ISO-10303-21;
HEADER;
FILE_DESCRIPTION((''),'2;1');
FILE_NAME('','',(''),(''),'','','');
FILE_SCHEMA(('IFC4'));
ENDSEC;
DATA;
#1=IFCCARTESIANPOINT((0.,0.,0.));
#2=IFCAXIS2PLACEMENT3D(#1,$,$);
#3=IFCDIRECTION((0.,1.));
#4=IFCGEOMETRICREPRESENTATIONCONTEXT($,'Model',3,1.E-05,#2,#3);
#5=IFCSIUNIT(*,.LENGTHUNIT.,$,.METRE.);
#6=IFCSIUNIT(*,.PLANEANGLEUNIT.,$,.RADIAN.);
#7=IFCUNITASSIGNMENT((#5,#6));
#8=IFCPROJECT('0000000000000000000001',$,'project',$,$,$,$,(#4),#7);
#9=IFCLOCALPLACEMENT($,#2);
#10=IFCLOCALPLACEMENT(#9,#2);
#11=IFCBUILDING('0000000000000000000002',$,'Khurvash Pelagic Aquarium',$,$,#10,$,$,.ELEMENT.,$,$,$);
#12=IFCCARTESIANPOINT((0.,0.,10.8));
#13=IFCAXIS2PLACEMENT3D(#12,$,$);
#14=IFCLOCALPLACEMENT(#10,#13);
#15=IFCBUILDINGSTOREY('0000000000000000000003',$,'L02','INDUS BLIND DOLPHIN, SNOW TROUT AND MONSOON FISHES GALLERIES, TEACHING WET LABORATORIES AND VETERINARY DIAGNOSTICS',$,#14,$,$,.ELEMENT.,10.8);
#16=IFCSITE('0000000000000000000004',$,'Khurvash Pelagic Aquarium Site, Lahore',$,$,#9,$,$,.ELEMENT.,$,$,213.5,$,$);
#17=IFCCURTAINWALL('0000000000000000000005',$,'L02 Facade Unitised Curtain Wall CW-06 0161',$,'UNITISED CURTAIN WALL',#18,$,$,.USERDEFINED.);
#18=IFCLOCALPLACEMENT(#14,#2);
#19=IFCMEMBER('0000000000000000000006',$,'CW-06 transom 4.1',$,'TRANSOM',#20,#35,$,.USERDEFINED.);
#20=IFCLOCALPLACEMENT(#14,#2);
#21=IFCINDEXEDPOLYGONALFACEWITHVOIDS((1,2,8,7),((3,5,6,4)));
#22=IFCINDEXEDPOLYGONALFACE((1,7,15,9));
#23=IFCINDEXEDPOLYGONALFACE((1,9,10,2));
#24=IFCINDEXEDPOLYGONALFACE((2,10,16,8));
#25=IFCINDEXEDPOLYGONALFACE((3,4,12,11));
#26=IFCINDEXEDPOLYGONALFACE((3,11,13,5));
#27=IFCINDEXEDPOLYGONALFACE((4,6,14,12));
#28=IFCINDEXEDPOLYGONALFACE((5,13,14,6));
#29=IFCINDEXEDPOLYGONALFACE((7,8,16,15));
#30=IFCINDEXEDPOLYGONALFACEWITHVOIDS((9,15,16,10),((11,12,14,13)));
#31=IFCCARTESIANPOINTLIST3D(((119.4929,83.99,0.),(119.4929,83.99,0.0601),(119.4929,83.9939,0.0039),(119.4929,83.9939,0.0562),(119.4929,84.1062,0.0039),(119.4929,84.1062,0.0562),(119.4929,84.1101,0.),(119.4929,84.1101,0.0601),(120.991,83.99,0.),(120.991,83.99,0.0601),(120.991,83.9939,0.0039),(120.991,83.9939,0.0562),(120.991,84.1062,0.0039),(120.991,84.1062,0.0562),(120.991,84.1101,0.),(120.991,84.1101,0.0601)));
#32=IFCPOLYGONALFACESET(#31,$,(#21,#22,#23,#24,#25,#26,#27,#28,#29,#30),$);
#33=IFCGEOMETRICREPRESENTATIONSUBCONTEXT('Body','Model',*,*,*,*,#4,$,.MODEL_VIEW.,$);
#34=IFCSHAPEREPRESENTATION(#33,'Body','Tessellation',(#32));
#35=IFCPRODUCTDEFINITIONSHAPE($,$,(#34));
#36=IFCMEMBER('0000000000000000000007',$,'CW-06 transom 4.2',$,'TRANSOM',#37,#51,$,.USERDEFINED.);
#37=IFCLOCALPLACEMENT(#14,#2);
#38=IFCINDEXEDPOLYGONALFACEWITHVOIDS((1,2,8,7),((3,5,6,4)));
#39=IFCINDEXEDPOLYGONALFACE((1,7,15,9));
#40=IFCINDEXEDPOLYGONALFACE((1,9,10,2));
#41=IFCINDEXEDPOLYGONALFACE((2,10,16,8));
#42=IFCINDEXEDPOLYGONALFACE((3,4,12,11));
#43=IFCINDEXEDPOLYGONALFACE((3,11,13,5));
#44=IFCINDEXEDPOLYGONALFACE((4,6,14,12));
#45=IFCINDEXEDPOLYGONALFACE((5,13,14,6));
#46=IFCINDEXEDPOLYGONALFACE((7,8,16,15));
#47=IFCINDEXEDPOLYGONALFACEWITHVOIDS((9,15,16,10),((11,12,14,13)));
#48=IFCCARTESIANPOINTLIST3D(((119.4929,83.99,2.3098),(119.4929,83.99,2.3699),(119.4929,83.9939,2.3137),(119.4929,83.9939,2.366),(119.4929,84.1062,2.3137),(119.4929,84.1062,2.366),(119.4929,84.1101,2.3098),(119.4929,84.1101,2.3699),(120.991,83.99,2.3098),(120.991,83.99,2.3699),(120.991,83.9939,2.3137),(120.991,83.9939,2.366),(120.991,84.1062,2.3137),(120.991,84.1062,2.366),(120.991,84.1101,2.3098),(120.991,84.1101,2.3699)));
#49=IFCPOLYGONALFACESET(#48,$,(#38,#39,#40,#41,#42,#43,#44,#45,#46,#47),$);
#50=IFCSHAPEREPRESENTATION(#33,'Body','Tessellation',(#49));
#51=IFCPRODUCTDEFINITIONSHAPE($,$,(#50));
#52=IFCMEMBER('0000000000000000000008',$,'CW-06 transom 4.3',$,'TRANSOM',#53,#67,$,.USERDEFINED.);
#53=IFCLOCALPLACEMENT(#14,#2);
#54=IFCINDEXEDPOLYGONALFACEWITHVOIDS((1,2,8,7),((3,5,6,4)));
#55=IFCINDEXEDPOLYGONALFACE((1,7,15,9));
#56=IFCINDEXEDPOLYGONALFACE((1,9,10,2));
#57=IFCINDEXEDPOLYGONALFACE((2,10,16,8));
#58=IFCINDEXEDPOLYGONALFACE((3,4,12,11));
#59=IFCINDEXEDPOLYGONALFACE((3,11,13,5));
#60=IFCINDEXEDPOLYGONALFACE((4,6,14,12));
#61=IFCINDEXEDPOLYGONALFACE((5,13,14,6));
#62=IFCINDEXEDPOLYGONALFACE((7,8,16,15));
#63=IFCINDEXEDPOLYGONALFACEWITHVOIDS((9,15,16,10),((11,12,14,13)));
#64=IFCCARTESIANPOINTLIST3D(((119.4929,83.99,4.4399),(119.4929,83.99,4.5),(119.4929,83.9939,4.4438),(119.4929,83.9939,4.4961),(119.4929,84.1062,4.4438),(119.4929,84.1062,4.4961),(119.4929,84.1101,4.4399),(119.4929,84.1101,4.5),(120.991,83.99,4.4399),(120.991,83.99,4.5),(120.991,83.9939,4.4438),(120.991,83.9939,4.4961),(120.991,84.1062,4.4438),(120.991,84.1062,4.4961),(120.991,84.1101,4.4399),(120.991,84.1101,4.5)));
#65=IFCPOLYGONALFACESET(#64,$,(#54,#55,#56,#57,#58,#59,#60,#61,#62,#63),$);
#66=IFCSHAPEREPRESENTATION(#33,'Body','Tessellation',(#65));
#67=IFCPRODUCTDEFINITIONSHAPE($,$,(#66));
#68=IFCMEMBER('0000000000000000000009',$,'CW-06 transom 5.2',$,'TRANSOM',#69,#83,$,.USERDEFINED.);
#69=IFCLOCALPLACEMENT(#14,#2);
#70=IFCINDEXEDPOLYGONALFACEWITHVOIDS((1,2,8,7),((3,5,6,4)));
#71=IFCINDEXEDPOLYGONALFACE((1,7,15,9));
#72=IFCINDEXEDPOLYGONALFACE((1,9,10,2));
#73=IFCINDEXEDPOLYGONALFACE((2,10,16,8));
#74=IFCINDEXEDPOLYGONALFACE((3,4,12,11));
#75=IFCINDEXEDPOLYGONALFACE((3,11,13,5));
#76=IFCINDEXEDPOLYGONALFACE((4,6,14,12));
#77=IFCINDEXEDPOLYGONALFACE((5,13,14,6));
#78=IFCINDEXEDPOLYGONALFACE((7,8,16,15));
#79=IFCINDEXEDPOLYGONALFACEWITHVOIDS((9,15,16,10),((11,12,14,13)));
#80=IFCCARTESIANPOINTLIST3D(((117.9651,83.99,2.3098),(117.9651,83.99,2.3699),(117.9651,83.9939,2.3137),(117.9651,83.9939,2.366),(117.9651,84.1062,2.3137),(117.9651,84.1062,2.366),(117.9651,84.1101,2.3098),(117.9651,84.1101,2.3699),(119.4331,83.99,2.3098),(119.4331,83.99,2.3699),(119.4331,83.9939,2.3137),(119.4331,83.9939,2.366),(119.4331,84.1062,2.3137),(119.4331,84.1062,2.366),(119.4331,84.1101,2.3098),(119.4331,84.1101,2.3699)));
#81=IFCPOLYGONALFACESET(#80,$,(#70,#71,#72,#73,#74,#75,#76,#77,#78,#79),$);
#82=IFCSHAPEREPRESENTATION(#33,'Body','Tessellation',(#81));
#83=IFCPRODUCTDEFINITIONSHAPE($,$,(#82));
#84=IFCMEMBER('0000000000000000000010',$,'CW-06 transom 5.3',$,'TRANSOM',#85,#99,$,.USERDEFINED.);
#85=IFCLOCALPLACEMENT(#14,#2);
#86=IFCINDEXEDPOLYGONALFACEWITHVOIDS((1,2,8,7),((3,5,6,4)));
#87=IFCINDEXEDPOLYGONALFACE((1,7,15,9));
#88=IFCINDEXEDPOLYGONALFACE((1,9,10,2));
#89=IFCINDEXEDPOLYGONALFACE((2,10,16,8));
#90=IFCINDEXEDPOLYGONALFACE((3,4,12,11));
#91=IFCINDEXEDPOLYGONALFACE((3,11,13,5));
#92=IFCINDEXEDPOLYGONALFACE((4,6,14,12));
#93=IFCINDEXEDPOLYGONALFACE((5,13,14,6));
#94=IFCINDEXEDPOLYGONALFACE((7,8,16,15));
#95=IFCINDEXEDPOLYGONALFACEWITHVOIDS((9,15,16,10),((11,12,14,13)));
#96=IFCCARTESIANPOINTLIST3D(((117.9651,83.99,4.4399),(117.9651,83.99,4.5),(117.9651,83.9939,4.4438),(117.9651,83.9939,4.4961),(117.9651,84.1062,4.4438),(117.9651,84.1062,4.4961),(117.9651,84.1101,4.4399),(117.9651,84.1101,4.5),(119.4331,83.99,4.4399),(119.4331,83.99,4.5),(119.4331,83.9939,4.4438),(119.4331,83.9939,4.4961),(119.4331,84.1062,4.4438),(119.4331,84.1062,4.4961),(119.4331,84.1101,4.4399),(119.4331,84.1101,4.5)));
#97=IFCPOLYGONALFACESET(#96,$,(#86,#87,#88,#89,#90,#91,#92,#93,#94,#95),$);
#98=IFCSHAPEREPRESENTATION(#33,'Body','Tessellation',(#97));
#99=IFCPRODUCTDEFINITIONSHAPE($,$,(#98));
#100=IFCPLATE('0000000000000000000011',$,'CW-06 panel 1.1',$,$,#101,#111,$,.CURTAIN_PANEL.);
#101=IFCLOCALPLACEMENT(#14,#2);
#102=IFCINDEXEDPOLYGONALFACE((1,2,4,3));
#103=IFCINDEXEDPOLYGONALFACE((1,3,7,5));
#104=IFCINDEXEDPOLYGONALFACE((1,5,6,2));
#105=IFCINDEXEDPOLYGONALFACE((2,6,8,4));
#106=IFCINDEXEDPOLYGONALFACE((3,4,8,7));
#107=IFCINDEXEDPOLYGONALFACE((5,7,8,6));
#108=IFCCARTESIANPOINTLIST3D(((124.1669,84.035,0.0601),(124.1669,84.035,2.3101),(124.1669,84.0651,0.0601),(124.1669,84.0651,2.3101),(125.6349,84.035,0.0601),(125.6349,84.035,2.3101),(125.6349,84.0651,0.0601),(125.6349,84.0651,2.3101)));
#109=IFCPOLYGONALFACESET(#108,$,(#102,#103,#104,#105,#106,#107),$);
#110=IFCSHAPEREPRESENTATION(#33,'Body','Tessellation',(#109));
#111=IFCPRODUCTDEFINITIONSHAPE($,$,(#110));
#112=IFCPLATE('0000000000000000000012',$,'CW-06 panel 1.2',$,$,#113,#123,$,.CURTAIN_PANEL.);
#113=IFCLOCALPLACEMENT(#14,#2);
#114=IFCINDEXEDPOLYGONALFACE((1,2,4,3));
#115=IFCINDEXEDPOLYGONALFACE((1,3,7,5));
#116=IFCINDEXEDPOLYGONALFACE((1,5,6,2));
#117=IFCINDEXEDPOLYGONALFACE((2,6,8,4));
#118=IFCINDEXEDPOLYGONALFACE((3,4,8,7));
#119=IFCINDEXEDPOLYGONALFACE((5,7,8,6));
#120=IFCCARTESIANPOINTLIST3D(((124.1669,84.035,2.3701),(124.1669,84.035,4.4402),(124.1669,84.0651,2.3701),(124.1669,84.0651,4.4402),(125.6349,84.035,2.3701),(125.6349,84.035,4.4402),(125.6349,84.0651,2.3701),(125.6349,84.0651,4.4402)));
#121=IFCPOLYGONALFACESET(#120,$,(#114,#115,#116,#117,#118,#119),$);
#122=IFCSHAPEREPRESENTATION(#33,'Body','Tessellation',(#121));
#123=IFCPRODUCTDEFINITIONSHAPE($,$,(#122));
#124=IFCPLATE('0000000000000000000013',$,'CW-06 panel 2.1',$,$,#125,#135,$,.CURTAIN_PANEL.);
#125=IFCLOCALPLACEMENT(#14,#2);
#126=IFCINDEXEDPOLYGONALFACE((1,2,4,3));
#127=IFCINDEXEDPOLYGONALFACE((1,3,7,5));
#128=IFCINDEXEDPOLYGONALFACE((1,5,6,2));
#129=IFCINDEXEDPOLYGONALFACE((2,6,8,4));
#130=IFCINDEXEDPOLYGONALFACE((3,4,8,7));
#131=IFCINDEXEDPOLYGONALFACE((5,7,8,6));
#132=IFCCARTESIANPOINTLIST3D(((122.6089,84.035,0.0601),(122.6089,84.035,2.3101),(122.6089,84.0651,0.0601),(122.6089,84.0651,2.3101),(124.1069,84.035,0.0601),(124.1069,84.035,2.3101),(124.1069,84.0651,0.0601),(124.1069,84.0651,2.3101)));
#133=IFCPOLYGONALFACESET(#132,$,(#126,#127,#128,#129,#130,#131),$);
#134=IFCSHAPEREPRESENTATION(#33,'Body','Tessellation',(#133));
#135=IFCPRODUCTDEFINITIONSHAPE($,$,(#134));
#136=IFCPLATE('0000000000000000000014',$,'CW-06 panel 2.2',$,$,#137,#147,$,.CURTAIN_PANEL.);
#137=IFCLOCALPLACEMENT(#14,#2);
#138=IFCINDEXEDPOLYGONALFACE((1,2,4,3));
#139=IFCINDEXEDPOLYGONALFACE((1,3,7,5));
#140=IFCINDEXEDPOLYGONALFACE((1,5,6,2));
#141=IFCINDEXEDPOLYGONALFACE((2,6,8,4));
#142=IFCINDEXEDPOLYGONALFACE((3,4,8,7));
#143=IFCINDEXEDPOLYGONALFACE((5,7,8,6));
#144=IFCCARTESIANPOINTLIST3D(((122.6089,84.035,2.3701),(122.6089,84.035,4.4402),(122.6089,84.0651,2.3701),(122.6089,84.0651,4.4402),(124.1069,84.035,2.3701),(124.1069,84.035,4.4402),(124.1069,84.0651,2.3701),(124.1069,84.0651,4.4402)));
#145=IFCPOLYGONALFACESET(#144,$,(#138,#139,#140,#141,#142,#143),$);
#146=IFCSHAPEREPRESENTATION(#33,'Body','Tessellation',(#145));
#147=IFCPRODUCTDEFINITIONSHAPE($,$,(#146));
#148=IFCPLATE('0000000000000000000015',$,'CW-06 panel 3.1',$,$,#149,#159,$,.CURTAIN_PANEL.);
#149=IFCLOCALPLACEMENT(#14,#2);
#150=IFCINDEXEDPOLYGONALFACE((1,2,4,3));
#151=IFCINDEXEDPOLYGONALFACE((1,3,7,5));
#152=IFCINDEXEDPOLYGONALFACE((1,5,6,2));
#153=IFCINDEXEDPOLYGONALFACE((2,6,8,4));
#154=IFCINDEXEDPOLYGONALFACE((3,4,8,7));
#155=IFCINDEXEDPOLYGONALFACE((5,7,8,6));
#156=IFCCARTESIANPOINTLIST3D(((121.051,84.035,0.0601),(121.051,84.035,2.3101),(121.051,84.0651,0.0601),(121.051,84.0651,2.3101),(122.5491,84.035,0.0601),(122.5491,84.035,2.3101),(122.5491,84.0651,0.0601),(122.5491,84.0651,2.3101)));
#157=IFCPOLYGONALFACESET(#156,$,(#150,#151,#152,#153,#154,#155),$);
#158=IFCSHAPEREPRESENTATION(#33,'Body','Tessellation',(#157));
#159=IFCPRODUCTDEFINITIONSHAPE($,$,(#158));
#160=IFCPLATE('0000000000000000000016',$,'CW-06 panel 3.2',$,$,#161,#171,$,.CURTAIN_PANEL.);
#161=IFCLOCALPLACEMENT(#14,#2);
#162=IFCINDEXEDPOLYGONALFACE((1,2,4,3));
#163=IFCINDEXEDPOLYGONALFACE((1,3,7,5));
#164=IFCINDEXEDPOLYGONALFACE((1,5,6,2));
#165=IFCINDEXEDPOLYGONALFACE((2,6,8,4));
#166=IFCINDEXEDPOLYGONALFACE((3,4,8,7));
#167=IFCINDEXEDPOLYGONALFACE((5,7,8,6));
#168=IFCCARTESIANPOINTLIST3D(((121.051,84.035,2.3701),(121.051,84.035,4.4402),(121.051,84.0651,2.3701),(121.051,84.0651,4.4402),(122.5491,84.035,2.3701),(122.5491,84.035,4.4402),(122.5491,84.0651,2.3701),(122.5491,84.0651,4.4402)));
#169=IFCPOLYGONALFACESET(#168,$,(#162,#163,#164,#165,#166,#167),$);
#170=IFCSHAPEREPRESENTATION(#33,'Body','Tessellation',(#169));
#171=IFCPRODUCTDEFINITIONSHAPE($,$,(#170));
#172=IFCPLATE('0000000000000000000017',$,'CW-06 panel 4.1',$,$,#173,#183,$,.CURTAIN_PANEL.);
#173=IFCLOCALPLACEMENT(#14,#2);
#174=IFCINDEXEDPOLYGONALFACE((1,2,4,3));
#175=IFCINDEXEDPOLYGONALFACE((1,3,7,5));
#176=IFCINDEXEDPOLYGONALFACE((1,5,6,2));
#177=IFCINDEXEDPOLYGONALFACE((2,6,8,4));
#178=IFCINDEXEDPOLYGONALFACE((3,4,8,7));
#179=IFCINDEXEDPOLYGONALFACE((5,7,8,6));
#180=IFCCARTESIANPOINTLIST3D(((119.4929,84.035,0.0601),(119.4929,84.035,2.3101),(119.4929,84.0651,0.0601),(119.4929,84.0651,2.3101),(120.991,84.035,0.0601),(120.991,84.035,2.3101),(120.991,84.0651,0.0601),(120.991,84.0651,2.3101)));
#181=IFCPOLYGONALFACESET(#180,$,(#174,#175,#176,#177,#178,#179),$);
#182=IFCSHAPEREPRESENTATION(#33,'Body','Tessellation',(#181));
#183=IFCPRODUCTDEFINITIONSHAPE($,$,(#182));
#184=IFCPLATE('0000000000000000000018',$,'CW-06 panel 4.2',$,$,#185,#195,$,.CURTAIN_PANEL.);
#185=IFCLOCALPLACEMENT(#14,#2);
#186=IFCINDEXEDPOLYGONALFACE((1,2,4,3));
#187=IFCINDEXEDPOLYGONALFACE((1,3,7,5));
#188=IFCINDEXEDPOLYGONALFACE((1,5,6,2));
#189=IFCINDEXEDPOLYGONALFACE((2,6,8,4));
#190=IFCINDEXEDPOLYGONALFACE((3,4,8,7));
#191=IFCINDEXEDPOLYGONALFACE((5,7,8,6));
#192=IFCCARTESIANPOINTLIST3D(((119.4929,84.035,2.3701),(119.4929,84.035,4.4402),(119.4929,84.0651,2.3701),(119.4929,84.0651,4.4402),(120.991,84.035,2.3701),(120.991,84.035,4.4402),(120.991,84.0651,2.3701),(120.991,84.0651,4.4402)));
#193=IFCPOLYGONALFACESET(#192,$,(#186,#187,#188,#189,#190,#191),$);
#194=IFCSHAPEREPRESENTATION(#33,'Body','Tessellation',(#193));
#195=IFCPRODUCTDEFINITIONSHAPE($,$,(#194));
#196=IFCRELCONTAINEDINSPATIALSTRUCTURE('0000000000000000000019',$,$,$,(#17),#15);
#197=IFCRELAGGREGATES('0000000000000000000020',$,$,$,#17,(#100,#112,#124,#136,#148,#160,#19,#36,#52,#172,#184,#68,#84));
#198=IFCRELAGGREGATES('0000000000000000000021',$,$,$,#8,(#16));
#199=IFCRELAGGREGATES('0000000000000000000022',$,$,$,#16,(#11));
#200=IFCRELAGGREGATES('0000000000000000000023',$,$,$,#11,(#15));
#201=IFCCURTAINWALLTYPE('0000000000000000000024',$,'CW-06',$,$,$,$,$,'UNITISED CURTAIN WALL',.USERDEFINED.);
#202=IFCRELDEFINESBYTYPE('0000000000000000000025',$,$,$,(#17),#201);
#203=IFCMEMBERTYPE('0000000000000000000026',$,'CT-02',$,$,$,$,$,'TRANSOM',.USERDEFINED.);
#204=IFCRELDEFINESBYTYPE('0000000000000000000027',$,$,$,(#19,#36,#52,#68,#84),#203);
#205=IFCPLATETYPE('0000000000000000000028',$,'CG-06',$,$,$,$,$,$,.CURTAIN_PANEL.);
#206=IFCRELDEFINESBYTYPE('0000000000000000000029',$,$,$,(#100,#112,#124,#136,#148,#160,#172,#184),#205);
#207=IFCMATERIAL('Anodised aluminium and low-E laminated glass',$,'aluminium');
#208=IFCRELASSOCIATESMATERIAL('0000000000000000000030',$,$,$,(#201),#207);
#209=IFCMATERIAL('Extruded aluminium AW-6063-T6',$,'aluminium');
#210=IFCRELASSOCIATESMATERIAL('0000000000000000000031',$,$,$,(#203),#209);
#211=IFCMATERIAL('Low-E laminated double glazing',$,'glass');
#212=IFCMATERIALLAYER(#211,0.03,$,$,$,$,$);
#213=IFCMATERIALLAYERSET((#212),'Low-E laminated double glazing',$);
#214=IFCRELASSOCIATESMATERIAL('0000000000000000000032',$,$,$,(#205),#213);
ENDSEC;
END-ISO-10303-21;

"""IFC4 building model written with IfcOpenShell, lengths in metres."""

from ifc_helpers import new_model, si_unit, direction, frame, origin, origin_2d, place, context, subcontext, project, spatial, rectangle, hollow_rectangle, extrude, material, layer, layer_set, material_profile, profile_set, type_object, element, aggregate, save


model = new_model("IFC4")

# Units and contexts
model_context = context("Model", 3, precision=1e-05, world=origin(), true_north=direction((0.0, 1.0)))
body_context = subcontext(model_context, "Body", "Model", "MODEL_VIEW")
ifc_project = project(units=[si_unit("LENGTHUNIT", "METRE"), si_unit("PLANEANGLEUNIT", "RADIAN")], contexts=[model_context])

# Site, building, storey
site_placement = place(None, origin())
site = spatial("IfcSite", under=ifc_project, at=site_placement, Name="Khurvash Pelagic Aquarium Site, Lahore", CompositionType="ELEMENT", RefElevation=213.5)
building_placement = place(site_placement, origin())
building = spatial("IfcBuilding", under=site, at=building_placement, Name="Khurvash Pelagic Aquarium", CompositionType="ELEMENT")
storey_placement = place(building_placement, frame((0.0, 0.0, 10.8)))
storey = spatial("IfcBuildingStorey", under=building, at=storey_placement, Name="L02", Description="INDUS BLIND DOLPHIN, SNOW TROUT AND MONSOON FISHES GALLERIES, TEACHING WET LABORATORIES AND VETERINARY DIAGNOSTICS", CompositionType="ELEMENT", Elevation=10.8)

# Curtain wall, members, plates
ifc_material_1 = material(Name="Anodised aluminium and low-E laminated glass", Category="aluminium")
curtain_wall_type = type_object("IfcCurtainWallType", Name="CW-06", ElementType="UNITISED CURTAIN WALL", PredefinedType="USERDEFINED", material=ifc_material_1)
curtain_wall_placement = place(storey_placement, origin())
curtain_wall = element("IfcCurtainWall", 1, at=curtain_wall_placement, inside=storey, type_object=curtain_wall_type, Name="L02 Facade Unitised Curtain Wall CW-06 0161", ObjectType="UNITISED CURTAIN WALL", PredefinedType="USERDEFINED")
ifc_material_2 = material(Name="Extruded aluminium AW-6063-T6", Category="aluminium")
ifc_material_profile_1 = material_profile(ifc_material_2, hollow_rectangle(XDim=0.1201, YDim=0.0601, WallThickness=0.0039, at=origin_2d()), Name="CWT120X60X4")
ifc_profile_set_1 = profile_set([ifc_material_profile_1], Name="Extruded aluminium AW-6063-T6")
member_type_1 = type_object("IfcMemberType", Name="CT-02", ElementType="TRANSOM", PredefinedType="USERDEFINED", material=ifc_profile_set_1)
member_1_placement = place(storey_placement, frame((120.991, 84.05, 0.03), z_axis=(-1.0, 0.0, 0.0), x_axis=(0.0, -1.0, 0.0)))
member_1 = element("IfcMember", 2, at=member_1_placement, type_object=member_type_1, Name="CW-06 transom 4.1", ObjectType="TRANSOM", PredefinedType="USERDEFINED", context=body_context, shape_type="SweptSolid", body=[
    extrude(hollow_rectangle(XDim=0.1201, YDim=0.0601, WallThickness=0.0039, at=origin_2d()), origin(), (0.0, 0.0, 1.0), 1.498),
])
member_2_placement = place(storey_placement, frame((120.991, 84.05, 2.3398), z_axis=(-1.0, 0.0, 0.0), x_axis=(0.0, -1.0, 0.0)))
member_2 = element("IfcMember", 3, at=member_2_placement, type_object=member_type_1, Name="CW-06 transom 4.2", ObjectType="TRANSOM", PredefinedType="USERDEFINED", context=body_context, shape_type="SweptSolid", body=[
    extrude(hollow_rectangle(XDim=0.1201, YDim=0.0601, WallThickness=0.0039, at=origin_2d()), origin(), (0.0, 0.0, 1.0), 1.498),
])
member_3_placement = place(storey_placement, frame((120.991, 84.05, 4.47), z_axis=(-1.0, 0.0, 0.0), x_axis=(0.0, -1.0, 0.0)))
member_3 = element("IfcMember", 4, at=member_3_placement, type_object=member_type_1, Name="CW-06 transom 4.3", ObjectType="TRANSOM", PredefinedType="USERDEFINED", context=body_context, shape_type="SweptSolid", body=[
    extrude(hollow_rectangle(XDim=0.1201, YDim=0.0601, WallThickness=0.0039, at=origin_2d()), origin(), (0.0, 0.0, 1.0), 1.498),
])
member_4_placement = place(storey_placement, frame((119.4331, 84.05, 2.3398), z_axis=(-1.0, 0.0, 0.0), x_axis=(0.0, -1.0, 0.0)))
member_4 = element("IfcMember", 5, at=member_4_placement, type_object=member_type_1, Name="CW-06 transom 5.2", ObjectType="TRANSOM", PredefinedType="USERDEFINED", context=body_context, shape_type="SweptSolid", body=[
    extrude(hollow_rectangle(XDim=0.1201, YDim=0.0601, WallThickness=0.0039, at=origin_2d()), origin(), (0.0, 0.0, 1.0), 1.468),
])
member_5_placement = place(storey_placement, frame((119.4331, 84.05, 4.47), z_axis=(-1.0, 0.0, 0.0), x_axis=(0.0, -1.0, 0.0)))
member_5 = element("IfcMember", 6, at=member_5_placement, type_object=member_type_1, Name="CW-06 transom 5.3", ObjectType="TRANSOM", PredefinedType="USERDEFINED", context=body_context, shape_type="SweptSolid", body=[
    extrude(hollow_rectangle(XDim=0.1201, YDim=0.0601, WallThickness=0.0039, at=origin_2d()), origin(), (0.0, 0.0, 1.0), 1.468),
])
ifc_material_3 = material(Name="Low-E laminated double glazing", Category="glass")
ifc_layer = layer(ifc_material_3, 0.03)
ifc_layer_set = layer_set([ifc_layer], Name="Low-E laminated double glazing")
plate_type = type_object("IfcPlateType", Name="CG-06", PredefinedType="CURTAIN_PANEL", material=ifc_layer_set)
plate_1_placement = place(storey_placement, frame((124.9009, 84.05, 0.0601), z_axis=(0.0, 0.0, 1.0), x_axis=(-1.0, 0.0, 0.0)))
plate_1 = element("IfcPlate", 7, at=plate_1_placement, type_object=plate_type, Name="CW-06 panel 1.1", PredefinedType="CURTAIN_PANEL", context=body_context, shape_type="SweptSolid", body=[
    extrude(rectangle(XDim=1.468, YDim=0.03, at=origin_2d()), origin(), (0.0, 0.0, 1.0), 2.25),
])
plate_2_placement = place(storey_placement, frame((124.9009, 84.05, 2.3701), z_axis=(0.0, 0.0, 1.0), x_axis=(-1.0, 0.0, 0.0)))
plate_2 = element("IfcPlate", 8, at=plate_2_placement, type_object=plate_type, Name="CW-06 panel 1.2", PredefinedType="CURTAIN_PANEL", context=body_context, shape_type="SweptSolid", body=[
    extrude(rectangle(XDim=1.468, YDim=0.03, at=origin_2d()), origin(), (0.0, 0.0, 1.0), 2.0701),
])
plate_3_placement = place(storey_placement, frame((123.3579, 84.05, 0.0601), z_axis=(0.0, 0.0, 1.0), x_axis=(-1.0, 0.0, 0.0)))
plate_3 = element("IfcPlate", 9, at=plate_3_placement, type_object=plate_type, Name="CW-06 panel 2.1", PredefinedType="CURTAIN_PANEL", context=body_context, shape_type="SweptSolid", body=[
    extrude(rectangle(XDim=1.498, YDim=0.03, at=origin_2d()), origin(), (0.0, 0.0, 1.0), 2.25),
])
plate_4_placement = place(storey_placement, frame((123.3579, 84.05, 2.3701), z_axis=(0.0, 0.0, 1.0), x_axis=(-1.0, 0.0, 0.0)))
plate_4 = element("IfcPlate", 10, at=plate_4_placement, type_object=plate_type, Name="CW-06 panel 2.2", PredefinedType="CURTAIN_PANEL", context=body_context, shape_type="SweptSolid", body=[
    extrude(rectangle(XDim=1.498, YDim=0.03, at=origin_2d()), origin(), (0.0, 0.0, 1.0), 2.0701),
])
plate_5_placement = place(storey_placement, frame((121.8, 84.05, 0.0601), z_axis=(0.0, 0.0, 1.0), x_axis=(-1.0, 0.0, 0.0)))
plate_5 = element("IfcPlate", 11, at=plate_5_placement, type_object=plate_type, Name="CW-06 panel 3.1", PredefinedType="CURTAIN_PANEL", context=body_context, shape_type="SweptSolid", body=[
    extrude(rectangle(XDim=1.498, YDim=0.03, at=origin_2d()), origin(), (0.0, 0.0, 1.0), 2.25),
])
plate_6_placement = place(storey_placement, frame((121.8, 84.05, 2.3701), z_axis=(0.0, 0.0, 1.0), x_axis=(-1.0, 0.0, 0.0)))
plate_6 = element("IfcPlate", 12, at=plate_6_placement, type_object=plate_type, Name="CW-06 panel 3.2", PredefinedType="CURTAIN_PANEL", context=body_context, shape_type="SweptSolid", body=[
    extrude(rectangle(XDim=1.498, YDim=0.03, at=origin_2d()), origin(), (0.0, 0.0, 1.0), 2.0701),
])
plate_7_placement = place(storey_placement, frame((120.2419, 84.05, 0.0601), z_axis=(0.0, 0.0, 1.0), x_axis=(-1.0, 0.0, 0.0)))
plate_7 = element("IfcPlate", 13, at=plate_7_placement, type_object=plate_type, Name="CW-06 panel 4.1", PredefinedType="CURTAIN_PANEL", context=body_context, shape_type="SweptSolid", body=[
    extrude(rectangle(XDim=1.498, YDim=0.03, at=origin_2d()), origin(), (0.0, 0.0, 1.0), 2.25),
])
plate_8_placement = place(storey_placement, frame((120.2419, 84.05, 2.3701), z_axis=(0.0, 0.0, 1.0), x_axis=(-1.0, 0.0, 0.0)))
plate_8 = element("IfcPlate", 14, at=plate_8_placement, type_object=plate_type, Name="CW-06 panel 4.2", PredefinedType="CURTAIN_PANEL", context=body_context, shape_type="SweptSolid", body=[
    extrude(rectangle(XDim=1.498, YDim=0.03, at=origin_2d()), origin(), (0.0, 0.0, 1.0), 2.0701),
])
aggregate(curtain_wall, [plate_1, plate_2, plate_3, plate_4, plate_5, plate_6, member_1, member_2, member_3, plate_7, plate_8, member_4, member_5])

save(model, "model.ifc")
